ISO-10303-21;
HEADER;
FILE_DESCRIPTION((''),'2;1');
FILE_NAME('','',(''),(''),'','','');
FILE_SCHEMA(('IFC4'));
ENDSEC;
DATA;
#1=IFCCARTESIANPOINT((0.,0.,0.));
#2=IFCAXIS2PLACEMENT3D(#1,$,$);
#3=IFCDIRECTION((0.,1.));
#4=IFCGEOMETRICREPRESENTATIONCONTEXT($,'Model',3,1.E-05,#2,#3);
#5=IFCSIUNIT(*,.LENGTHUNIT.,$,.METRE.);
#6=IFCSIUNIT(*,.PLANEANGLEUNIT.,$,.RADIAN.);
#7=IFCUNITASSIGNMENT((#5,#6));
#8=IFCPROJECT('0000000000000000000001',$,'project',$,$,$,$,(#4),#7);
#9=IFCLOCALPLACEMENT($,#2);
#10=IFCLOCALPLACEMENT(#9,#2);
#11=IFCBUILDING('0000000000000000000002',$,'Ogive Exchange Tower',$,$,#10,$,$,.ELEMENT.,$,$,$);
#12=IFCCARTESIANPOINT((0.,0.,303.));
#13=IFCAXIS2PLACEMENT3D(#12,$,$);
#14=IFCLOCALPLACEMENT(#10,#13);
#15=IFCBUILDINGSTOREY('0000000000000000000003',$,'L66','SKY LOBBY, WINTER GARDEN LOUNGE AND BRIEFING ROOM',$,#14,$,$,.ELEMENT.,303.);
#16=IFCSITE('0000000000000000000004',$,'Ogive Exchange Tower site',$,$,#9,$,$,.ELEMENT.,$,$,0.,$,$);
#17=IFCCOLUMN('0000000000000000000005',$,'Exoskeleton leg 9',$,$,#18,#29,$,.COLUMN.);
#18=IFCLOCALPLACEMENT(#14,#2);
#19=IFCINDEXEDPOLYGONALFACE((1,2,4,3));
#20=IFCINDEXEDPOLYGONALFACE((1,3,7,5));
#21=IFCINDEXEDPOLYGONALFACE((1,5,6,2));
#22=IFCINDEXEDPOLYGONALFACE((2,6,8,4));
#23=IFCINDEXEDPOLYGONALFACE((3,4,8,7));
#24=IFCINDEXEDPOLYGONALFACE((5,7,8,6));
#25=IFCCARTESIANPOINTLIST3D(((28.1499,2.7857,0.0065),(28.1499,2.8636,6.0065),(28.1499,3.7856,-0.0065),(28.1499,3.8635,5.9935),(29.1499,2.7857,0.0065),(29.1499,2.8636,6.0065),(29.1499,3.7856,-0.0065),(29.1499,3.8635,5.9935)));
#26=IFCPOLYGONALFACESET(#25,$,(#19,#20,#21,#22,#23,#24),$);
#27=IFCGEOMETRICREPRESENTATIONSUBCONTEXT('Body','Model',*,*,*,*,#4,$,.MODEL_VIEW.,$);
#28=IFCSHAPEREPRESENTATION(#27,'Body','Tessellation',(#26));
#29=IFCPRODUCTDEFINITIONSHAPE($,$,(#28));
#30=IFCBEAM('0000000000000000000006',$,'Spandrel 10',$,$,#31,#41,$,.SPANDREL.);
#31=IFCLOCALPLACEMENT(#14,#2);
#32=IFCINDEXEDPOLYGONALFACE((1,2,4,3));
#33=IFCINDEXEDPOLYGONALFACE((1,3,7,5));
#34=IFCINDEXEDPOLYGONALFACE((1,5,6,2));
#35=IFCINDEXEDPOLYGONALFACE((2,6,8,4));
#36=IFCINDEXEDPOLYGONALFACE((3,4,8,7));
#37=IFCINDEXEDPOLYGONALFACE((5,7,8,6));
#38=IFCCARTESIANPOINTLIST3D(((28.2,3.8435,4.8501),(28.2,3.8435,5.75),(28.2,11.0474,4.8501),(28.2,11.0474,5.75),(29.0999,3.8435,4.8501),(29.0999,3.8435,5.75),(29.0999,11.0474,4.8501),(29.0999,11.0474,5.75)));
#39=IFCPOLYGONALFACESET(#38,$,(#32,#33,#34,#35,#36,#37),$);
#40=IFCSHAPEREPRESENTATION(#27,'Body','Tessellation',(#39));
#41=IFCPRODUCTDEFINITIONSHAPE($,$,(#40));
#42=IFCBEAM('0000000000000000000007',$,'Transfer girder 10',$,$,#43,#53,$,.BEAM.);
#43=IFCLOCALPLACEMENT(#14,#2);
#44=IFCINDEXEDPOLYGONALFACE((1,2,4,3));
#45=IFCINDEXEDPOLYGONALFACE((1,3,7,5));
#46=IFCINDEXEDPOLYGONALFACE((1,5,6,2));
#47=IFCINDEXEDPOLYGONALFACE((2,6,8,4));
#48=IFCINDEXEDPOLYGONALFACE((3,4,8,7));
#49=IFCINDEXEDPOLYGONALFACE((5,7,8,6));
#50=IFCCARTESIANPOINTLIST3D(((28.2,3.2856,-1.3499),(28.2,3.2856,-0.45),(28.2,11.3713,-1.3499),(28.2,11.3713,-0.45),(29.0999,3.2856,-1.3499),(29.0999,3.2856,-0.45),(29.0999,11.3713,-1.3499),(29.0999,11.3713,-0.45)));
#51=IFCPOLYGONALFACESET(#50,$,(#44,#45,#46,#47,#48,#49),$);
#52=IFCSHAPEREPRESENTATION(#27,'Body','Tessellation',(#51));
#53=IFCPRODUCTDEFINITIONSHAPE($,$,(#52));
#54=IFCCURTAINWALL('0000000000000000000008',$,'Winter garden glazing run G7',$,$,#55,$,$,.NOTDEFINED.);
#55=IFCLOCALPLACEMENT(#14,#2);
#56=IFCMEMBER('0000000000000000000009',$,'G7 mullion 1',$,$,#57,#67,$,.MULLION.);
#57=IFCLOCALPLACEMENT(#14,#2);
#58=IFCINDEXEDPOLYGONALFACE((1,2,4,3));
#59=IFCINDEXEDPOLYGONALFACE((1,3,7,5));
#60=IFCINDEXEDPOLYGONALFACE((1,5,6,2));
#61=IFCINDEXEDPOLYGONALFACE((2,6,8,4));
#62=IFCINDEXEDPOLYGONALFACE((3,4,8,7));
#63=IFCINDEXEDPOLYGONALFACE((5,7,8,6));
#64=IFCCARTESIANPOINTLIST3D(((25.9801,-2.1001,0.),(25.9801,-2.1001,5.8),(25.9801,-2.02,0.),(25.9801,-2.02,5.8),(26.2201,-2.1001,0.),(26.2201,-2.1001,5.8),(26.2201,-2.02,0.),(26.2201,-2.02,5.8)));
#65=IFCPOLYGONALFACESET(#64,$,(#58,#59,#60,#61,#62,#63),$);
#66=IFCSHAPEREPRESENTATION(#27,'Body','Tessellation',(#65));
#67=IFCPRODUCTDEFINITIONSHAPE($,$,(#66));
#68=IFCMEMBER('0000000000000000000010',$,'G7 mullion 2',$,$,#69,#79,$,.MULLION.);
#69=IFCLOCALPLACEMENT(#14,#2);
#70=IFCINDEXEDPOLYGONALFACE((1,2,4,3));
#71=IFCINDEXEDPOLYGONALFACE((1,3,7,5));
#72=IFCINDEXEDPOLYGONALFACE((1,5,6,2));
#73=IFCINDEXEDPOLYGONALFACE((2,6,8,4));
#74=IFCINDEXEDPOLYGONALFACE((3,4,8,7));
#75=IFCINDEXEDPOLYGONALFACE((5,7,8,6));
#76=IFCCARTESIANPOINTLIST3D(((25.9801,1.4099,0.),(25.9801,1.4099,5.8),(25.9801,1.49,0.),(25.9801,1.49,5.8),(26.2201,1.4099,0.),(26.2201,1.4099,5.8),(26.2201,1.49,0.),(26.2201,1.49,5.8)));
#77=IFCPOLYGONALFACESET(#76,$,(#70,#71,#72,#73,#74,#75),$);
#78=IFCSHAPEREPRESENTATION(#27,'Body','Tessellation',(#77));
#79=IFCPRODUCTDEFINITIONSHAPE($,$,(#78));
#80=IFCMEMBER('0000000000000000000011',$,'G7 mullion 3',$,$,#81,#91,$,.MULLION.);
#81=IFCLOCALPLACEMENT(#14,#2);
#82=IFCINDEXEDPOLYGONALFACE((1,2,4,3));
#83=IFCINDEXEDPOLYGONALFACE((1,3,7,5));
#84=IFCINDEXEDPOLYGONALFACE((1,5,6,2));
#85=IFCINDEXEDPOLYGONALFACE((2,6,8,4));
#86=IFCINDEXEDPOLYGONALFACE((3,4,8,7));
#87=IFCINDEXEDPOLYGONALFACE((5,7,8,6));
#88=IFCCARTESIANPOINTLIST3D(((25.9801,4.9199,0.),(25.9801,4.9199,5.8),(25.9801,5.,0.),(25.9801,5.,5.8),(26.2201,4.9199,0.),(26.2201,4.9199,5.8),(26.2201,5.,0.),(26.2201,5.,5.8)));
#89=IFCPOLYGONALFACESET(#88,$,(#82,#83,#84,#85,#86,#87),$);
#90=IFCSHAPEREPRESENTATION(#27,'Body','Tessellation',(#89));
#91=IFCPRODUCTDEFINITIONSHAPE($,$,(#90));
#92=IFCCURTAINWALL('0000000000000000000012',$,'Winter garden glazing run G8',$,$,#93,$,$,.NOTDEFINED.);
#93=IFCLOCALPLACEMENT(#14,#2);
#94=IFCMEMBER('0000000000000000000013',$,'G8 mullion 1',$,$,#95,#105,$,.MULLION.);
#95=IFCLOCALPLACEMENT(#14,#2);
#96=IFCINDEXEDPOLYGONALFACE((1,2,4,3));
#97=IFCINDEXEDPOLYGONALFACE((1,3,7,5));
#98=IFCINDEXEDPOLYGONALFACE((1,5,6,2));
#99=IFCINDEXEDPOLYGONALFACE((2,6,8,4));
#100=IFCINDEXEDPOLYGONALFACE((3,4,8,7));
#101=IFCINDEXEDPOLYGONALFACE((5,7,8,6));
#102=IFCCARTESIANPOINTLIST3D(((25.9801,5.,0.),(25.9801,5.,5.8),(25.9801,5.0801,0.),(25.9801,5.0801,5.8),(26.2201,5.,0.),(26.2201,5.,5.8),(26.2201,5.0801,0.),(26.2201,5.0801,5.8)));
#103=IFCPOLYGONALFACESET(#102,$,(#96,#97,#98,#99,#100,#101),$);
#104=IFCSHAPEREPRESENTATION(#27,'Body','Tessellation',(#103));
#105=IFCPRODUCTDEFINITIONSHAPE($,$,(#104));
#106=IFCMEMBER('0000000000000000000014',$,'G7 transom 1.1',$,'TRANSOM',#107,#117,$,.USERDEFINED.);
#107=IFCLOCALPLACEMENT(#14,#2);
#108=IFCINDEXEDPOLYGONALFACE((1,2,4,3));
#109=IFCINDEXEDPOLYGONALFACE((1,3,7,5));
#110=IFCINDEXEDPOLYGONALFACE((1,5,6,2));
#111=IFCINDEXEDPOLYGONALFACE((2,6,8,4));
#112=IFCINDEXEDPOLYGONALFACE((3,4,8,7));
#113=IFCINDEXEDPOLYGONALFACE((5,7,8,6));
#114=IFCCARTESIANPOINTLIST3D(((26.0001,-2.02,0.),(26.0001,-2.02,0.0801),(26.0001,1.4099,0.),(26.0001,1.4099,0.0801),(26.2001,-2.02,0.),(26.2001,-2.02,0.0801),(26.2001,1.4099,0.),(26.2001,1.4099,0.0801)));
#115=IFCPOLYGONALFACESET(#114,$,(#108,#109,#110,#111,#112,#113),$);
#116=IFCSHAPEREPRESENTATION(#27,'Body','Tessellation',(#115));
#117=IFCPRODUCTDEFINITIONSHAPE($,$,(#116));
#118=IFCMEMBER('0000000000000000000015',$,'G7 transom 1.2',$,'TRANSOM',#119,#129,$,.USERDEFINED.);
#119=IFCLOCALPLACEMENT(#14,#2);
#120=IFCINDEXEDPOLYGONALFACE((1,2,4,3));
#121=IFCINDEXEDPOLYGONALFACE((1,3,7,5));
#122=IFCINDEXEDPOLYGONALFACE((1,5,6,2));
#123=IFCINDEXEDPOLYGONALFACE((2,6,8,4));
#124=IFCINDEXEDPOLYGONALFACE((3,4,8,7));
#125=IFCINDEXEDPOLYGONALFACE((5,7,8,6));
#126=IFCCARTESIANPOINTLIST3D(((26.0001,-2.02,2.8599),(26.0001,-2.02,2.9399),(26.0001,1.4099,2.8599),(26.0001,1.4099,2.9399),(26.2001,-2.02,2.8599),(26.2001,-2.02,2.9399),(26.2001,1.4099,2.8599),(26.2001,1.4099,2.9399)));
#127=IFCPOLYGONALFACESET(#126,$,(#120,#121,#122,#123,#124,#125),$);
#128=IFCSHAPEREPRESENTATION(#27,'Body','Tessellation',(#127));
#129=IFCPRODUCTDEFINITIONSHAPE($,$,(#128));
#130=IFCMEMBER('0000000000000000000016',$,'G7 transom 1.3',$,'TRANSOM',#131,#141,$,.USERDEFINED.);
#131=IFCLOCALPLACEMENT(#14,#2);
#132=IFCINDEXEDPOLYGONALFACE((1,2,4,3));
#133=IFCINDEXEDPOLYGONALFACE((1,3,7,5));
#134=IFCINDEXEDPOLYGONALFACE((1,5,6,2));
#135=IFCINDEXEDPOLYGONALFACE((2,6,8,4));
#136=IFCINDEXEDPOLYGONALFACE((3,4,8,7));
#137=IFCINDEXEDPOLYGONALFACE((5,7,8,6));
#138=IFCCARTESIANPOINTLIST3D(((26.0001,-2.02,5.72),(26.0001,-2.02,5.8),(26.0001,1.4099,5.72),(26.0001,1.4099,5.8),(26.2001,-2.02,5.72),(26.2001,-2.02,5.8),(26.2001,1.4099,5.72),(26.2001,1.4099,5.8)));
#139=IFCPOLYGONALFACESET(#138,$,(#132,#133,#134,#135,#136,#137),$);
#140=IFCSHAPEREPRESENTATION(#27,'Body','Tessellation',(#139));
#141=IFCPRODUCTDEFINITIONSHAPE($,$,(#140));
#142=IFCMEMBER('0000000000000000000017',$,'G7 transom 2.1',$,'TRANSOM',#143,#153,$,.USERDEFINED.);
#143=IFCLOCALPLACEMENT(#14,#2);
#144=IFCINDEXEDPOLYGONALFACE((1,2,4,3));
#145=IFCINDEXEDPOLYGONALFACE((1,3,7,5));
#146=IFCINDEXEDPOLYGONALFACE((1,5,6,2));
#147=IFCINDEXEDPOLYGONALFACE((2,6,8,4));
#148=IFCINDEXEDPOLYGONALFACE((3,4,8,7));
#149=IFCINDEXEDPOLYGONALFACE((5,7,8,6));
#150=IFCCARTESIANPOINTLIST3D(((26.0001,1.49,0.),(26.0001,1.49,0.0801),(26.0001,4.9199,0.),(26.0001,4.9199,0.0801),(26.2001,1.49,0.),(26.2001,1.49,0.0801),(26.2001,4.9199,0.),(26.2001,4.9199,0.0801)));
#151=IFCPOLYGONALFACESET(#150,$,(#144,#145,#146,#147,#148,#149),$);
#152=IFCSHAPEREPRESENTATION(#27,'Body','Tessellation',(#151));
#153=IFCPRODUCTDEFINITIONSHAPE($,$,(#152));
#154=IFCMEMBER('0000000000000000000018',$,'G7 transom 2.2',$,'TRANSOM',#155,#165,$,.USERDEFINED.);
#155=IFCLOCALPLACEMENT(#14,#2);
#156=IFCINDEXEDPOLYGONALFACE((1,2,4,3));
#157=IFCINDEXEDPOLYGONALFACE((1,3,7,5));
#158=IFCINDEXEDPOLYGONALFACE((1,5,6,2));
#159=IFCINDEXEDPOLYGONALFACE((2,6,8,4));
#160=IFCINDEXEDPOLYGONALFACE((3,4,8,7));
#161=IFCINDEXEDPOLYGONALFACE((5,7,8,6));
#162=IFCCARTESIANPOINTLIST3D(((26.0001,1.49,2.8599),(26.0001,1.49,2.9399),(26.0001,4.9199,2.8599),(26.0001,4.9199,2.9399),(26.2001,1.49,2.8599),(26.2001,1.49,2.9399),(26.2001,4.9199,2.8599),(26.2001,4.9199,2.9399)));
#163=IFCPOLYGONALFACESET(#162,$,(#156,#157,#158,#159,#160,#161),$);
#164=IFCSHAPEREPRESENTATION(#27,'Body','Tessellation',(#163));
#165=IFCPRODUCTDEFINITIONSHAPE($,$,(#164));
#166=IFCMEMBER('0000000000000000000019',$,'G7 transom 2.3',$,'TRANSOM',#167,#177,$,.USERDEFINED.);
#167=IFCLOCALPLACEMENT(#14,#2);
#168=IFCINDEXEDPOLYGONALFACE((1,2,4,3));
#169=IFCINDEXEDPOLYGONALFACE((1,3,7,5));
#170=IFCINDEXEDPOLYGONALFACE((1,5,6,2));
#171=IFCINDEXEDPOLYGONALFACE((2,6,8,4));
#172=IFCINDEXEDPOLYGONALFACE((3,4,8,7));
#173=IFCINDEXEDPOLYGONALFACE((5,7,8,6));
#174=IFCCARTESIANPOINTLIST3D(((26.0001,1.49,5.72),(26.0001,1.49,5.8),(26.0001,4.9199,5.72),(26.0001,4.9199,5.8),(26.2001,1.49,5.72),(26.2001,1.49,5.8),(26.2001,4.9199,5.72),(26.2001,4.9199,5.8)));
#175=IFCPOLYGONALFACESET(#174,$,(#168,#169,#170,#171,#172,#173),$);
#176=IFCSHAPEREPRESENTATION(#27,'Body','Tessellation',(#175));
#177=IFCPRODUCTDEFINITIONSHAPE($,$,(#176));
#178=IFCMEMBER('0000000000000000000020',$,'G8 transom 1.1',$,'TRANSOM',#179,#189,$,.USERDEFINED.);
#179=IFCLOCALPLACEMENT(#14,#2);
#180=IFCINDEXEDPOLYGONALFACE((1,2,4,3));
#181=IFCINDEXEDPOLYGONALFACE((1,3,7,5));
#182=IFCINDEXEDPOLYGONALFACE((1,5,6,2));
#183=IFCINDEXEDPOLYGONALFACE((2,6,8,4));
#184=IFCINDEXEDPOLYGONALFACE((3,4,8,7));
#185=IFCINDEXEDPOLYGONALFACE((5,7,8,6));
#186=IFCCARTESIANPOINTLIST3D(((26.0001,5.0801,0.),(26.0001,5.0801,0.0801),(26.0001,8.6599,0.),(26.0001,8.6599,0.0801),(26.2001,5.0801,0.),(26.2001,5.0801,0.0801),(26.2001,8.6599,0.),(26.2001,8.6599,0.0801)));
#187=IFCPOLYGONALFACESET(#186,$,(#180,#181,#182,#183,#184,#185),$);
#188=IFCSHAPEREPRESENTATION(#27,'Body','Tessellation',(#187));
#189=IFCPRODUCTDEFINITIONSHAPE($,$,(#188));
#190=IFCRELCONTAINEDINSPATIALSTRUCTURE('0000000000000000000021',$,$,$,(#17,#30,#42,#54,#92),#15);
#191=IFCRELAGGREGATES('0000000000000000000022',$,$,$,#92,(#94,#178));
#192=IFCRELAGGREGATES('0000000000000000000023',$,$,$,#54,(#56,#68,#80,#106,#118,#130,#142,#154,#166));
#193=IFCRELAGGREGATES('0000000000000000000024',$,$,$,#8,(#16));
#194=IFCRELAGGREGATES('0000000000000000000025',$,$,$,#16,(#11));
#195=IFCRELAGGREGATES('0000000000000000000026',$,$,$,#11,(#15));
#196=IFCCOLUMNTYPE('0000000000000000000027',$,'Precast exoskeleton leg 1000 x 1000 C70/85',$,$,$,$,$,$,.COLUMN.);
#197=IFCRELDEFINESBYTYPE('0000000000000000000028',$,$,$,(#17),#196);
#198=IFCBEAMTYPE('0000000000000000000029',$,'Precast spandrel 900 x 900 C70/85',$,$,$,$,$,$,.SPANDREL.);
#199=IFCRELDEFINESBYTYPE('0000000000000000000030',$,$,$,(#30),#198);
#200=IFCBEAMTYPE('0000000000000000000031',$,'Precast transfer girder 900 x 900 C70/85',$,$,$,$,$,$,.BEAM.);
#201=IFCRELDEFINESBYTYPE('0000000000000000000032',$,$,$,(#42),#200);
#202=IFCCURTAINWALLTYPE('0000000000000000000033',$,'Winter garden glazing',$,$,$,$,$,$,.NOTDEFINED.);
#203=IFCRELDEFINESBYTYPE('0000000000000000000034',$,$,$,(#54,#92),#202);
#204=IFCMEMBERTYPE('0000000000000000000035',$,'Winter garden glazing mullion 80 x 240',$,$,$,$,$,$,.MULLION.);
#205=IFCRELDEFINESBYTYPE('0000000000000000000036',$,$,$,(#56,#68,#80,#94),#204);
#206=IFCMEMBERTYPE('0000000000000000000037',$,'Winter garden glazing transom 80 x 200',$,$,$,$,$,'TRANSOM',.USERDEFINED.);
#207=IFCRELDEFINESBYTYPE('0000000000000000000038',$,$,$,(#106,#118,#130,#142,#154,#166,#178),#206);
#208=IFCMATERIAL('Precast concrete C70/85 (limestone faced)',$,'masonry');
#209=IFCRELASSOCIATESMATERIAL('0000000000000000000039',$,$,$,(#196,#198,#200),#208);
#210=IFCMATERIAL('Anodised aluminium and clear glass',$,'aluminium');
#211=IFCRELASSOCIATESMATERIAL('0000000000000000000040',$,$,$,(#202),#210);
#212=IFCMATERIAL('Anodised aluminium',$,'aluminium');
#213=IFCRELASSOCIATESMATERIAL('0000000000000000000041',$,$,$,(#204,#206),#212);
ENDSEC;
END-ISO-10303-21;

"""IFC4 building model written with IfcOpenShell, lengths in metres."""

from ifc_helpers import new_model, si_unit, direction, frame, origin, origin_2d, place, context, subcontext, project, spatial, rectangle, extrude, material, material_profile, profile_set, type_object, element, aggregate, save


model = new_model("IFC4")

# Units and contexts
model_context = context("Model", 3, precision=1e-05, world=origin(), true_north=direction((0.0, 1.0)))
body_context = subcontext(model_context, "Body", "Model", "MODEL_VIEW")
ifc_project = project(units=[si_unit("LENGTHUNIT", "METRE"), si_unit("PLANEANGLEUNIT", "RADIAN")], contexts=[model_context])

# Site, building, storey
site_placement = place(None, origin())
site = spatial("IfcSite", under=ifc_project, at=site_placement, Name="Ogive Exchange Tower site", CompositionType="ELEMENT", RefElevation=0.0)
building_placement = place(site_placement, origin())
building = spatial("IfcBuilding", under=site, at=building_placement, Name="Ogive Exchange Tower", CompositionType="ELEMENT")
storey_placement = place(building_placement, frame((0.0, 0.0, 303.0)))
storey = spatial("IfcBuildingStorey", under=building, at=storey_placement, Name="L66", Description="SKY LOBBY, WINTER GARDEN LOUNGE AND BRIEFING ROOM", CompositionType="ELEMENT", Elevation=303.0)

# Column
ifc_material_1 = material(Name="Precast concrete C70/85 (limestone faced)", Category="masonry")
ifc_material_profile_1 = material_profile(ifc_material_1, rectangle(XDim=1.0, YDim=1.0, at=origin_2d()), Name="1000 x 1000")
ifc_profile_set_1 = profile_set([ifc_material_profile_1], Name="Precast concrete C70/85 (limestone faced)")
column_type = type_object("IfcColumnType", Name="Precast exoskeleton leg 1000 x 1000 C70/85", PredefinedType="COLUMN", material=ifc_profile_set_1)
column_placement = place(storey_placement, frame((28.6499, 3.2856, 0.0), z_axis=(0.0, 0.012979, 0.999916), x_axis=(-1.0, 0.0, 0.0)))
element("IfcColumn", 1, at=column_placement, inside=storey, type_object=column_type, Name="Exoskeleton leg 9", PredefinedType="COLUMN", context=body_context, shape_type="SweptSolid", body=[
    extrude(rectangle(XDim=1.0, YDim=1.0, at=origin_2d()), origin(), (0.0, 0.0, 1.0), 6.0005),
])

# Beams
ifc_material_profile_2 = material_profile(ifc_material_1, rectangle(XDim=0.8999, YDim=0.8999, at=origin_2d()), Name="900 x 900")
ifc_profile_set_2 = profile_set([ifc_material_profile_2], Name="Precast concrete C70/85 (limestone faced)")
beam_type_1 = type_object("IfcBeamType", Name="Precast spandrel 900 x 900 C70/85", PredefinedType="SPANDREL", material=ifc_profile_set_2)
beam_1_placement = place(storey_placement, frame((28.6499, 3.8435, 5.3), z_axis=(0.0, 1.0, 0.0), x_axis=(-1.0, 0.0, 0.0)))
element("IfcBeam", 2, at=beam_1_placement, inside=storey, type_object=beam_type_1, Name="Spandrel 10", PredefinedType="SPANDREL", context=body_context, shape_type="SweptSolid", body=[
    extrude(rectangle(XDim=0.8999, YDim=0.8999, at=origin_2d()), origin(), (0.0, 0.0, 1.0), 7.2039),
])
ifc_material_profile_3 = material_profile(ifc_material_1, rectangle(XDim=0.8999, YDim=0.8999, at=origin_2d()), Name="900 x 900")
ifc_profile_set_3 = profile_set([ifc_material_profile_3], Name="Precast concrete C70/85 (limestone faced)")
beam_type_2 = type_object("IfcBeamType", Name="Precast transfer girder 900 x 900 C70/85", PredefinedType="BEAM", material=ifc_profile_set_3)
beam_2_placement = place(storey_placement, frame((28.6499, 3.2856, -0.8999), z_axis=(0.0, 1.0, 0.0), x_axis=(-1.0, 0.0, 0.0)))
element("IfcBeam", 3, at=beam_2_placement, inside=storey, type_object=beam_type_2, Name="Transfer girder 10", PredefinedType="BEAM", context=body_context, shape_type="SweptSolid", body=[
    extrude(rectangle(XDim=0.8999, YDim=0.8999, at=origin_2d()), origin(), (0.0, 0.0, 1.0), 8.0857),
])

# Curtain wall, members
ifc_material_2 = material(Name="Anodised aluminium and clear glass", Category="aluminium")
curtain_wall_type = type_object("IfcCurtainWallType", Name="Winter garden glazing", PredefinedType="NOTDEFINED", material=ifc_material_2)
curtain_wall_1_placement = place(storey_placement, origin())
curtain_wall_1 = element("IfcCurtainWall", 4, at=curtain_wall_1_placement, inside=storey, type_object=curtain_wall_type, Name="Winter garden glazing run G7", PredefinedType="NOTDEFINED")
ifc_material_3 = material(Name="Anodised aluminium", Category="aluminium")
ifc_material_profile_4 = material_profile(ifc_material_3, rectangle(XDim=0.24, YDim=0.0801, at=origin_2d()), Name="AL 80x240")
ifc_profile_set_4 = profile_set([ifc_material_profile_4], Name="Anodised aluminium")
member_type_1 = type_object("IfcMemberType", Name="Winter garden glazing mullion 80 x 240", PredefinedType="MULLION", material=ifc_profile_set_4)
member_1_placement = place(storey_placement, frame((26.1001, -2.0601, 0.0), z_axis=(0.0, 0.0, 1.0), x_axis=(-1.0, 0.0, 0.0)))
member_1 = element("IfcMember", 5, at=member_1_placement, type_object=member_type_1, Name="G7 mullion 1", PredefinedType="MULLION", context=body_context, shape_type="SweptSolid", body=[
    extrude(rectangle(XDim=0.24, YDim=0.0801, at=origin_2d()), origin(), (0.0, 0.0, 1.0), 5.8),
])
member_2_placement = place(storey_placement, frame((26.1001, 1.45, 0.0), z_axis=(0.0, 0.0, 1.0), x_axis=(-1.0, 0.0, 0.0)))
member_2 = element("IfcMember", 6, at=member_2_placement, type_object=member_type_1, Name="G7 mullion 2", PredefinedType="MULLION", context=body_context, shape_type="SweptSolid", body=[
    extrude(rectangle(XDim=0.24, YDim=0.0801, at=origin_2d()), origin(), (0.0, 0.0, 1.0), 5.8),
])
member_3_placement = place(storey_placement, frame((26.1001, 4.96, 0.0), z_axis=(0.0, 0.0, 1.0), x_axis=(-1.0, 0.0, 0.0)))
member_3 = element("IfcMember", 7, at=member_3_placement, type_object=member_type_1, Name="G7 mullion 3", PredefinedType="MULLION", context=body_context, shape_type="SweptSolid", body=[
    extrude(rectangle(XDim=0.24, YDim=0.0801, at=origin_2d()), origin(), (0.0, 0.0, 1.0), 5.8),
])

# Curtain wall, member
curtain_wall_2_placement = place(storey_placement, origin())
curtain_wall_2 = element("IfcCurtainWall", 8, at=curtain_wall_2_placement, inside=storey, type_object=curtain_wall_type, Name="Winter garden glazing run G8", PredefinedType="NOTDEFINED")
member_4_placement = place(storey_placement, frame((26.1001, 5.04, 0.0), z_axis=(0.0, 0.0, 1.0), x_axis=(-1.0, 0.0, 0.0)))
member_4 = element("IfcMember", 9, at=member_4_placement, type_object=member_type_1, Name="G8 mullion 1", PredefinedType="MULLION", context=body_context, shape_type="SweptSolid", body=[
    extrude(rectangle(XDim=0.24, YDim=0.0801, at=origin_2d()), origin(), (0.0, 0.0, 1.0), 5.8),
])

# Members
ifc_material_profile_5 = material_profile(ifc_material_3, rectangle(XDim=0.2, YDim=0.0801, at=origin_2d()), Name="AL 80x200")
ifc_profile_set_5 = profile_set([ifc_material_profile_5], Name="Anodised aluminium")
member_type_2 = type_object("IfcMemberType", Name="Winter garden glazing transom 80 x 200", ElementType="TRANSOM", PredefinedType="USERDEFINED", material=ifc_profile_set_5)
member_5_placement = place(storey_placement, frame((26.1001, -2.02, 0.04), z_axis=(0.0, 1.0, 0.0), x_axis=(-1.0, 0.0, 0.0)))
member_5 = element("IfcMember", 10, at=member_5_placement, type_object=member_type_2, Name="G7 transom 1.1", ObjectType="TRANSOM", PredefinedType="USERDEFINED", context=body_context, shape_type="SweptSolid", body=[
    extrude(rectangle(XDim=0.2, YDim=0.0801, at=origin_2d()), origin(), (0.0, 0.0, 1.0), 3.4299),
])
member_6_placement = place(storey_placement, frame((26.1001, -2.02, 2.8999), z_axis=(0.0, 1.0, 0.0), x_axis=(-1.0, 0.0, 0.0)))
member_6 = element("IfcMember", 11, at=member_6_placement, type_object=member_type_2, Name="G7 transom 1.2", ObjectType="TRANSOM", PredefinedType="USERDEFINED", context=body_context, shape_type="SweptSolid", body=[
    extrude(rectangle(XDim=0.2, YDim=0.0801, at=origin_2d()), origin(), (0.0, 0.0, 1.0), 3.4299),
])
member_7_placement = place(storey_placement, frame((26.1001, -2.02, 5.76), z_axis=(0.0, 1.0, 0.0), x_axis=(-1.0, 0.0, 0.0)))
member_7 = element("IfcMember", 12, at=member_7_placement, type_object=member_type_2, Name="G7 transom 1.3", ObjectType="TRANSOM", PredefinedType="USERDEFINED", context=body_context, shape_type="SweptSolid", body=[
    extrude(rectangle(XDim=0.2, YDim=0.0801, at=origin_2d()), origin(), (0.0, 0.0, 1.0), 3.4299),
])
member_8_placement = place(storey_placement, frame((26.1001, 1.49, 0.04), z_axis=(0.0, 1.0, 0.0), x_axis=(-1.0, 0.0, 0.0)))
member_8 = element("IfcMember", 13, at=member_8_placement, type_object=member_type_2, Name="G7 transom 2.1", ObjectType="TRANSOM", PredefinedType="USERDEFINED", context=body_context, shape_type="SweptSolid", body=[
    extrude(rectangle(XDim=0.2, YDim=0.0801, at=origin_2d()), origin(), (0.0, 0.0, 1.0), 3.4299),
])
member_9_placement = place(storey_placement, frame((26.1001, 1.49, 2.8999), z_axis=(0.0, 1.0, 0.0), x_axis=(-1.0, 0.0, 0.0)))
member_9 = element("IfcMember", 14, at=member_9_placement, type_object=member_type_2, Name="G7 transom 2.2", ObjectType="TRANSOM", PredefinedType="USERDEFINED", context=body_context, shape_type="SweptSolid", body=[
    extrude(rectangle(XDim=0.2, YDim=0.0801, at=origin_2d()), origin(), (0.0, 0.0, 1.0), 3.4299),
])
member_10_placement = place(storey_placement, frame((26.1001, 1.49, 5.76), z_axis=(0.0, 1.0, 0.0), x_axis=(-1.0, 0.0, 0.0)))
member_10 = element("IfcMember", 15, at=member_10_placement, type_object=member_type_2, Name="G7 transom 2.3", ObjectType="TRANSOM", PredefinedType="USERDEFINED", context=body_context, shape_type="SweptSolid", body=[
    extrude(rectangle(XDim=0.2, YDim=0.0801, at=origin_2d()), origin(), (0.0, 0.0, 1.0), 3.4299),
])
member_11_placement = place(storey_placement, frame((26.1001, 5.0801, 0.04), z_axis=(0.0, 1.0, 0.0), x_axis=(-1.0, 0.0, 0.0)))
member_11 = element("IfcMember", 16, at=member_11_placement, type_object=member_type_2, Name="G8 transom 1.1", ObjectType="TRANSOM", PredefinedType="USERDEFINED", context=body_context, shape_type="SweptSolid", body=[
    extrude(rectangle(XDim=0.2, YDim=0.0801, at=origin_2d()), origin(), (0.0, 0.0, 1.0), 3.5798),
])
aggregate(curtain_wall_2, [member_4, member_11])

aggregate(curtain_wall_1, [member_1, member_2, member_3, member_5, member_6, member_7, member_8, member_9, member_10])

save(model, "model.ifc")
